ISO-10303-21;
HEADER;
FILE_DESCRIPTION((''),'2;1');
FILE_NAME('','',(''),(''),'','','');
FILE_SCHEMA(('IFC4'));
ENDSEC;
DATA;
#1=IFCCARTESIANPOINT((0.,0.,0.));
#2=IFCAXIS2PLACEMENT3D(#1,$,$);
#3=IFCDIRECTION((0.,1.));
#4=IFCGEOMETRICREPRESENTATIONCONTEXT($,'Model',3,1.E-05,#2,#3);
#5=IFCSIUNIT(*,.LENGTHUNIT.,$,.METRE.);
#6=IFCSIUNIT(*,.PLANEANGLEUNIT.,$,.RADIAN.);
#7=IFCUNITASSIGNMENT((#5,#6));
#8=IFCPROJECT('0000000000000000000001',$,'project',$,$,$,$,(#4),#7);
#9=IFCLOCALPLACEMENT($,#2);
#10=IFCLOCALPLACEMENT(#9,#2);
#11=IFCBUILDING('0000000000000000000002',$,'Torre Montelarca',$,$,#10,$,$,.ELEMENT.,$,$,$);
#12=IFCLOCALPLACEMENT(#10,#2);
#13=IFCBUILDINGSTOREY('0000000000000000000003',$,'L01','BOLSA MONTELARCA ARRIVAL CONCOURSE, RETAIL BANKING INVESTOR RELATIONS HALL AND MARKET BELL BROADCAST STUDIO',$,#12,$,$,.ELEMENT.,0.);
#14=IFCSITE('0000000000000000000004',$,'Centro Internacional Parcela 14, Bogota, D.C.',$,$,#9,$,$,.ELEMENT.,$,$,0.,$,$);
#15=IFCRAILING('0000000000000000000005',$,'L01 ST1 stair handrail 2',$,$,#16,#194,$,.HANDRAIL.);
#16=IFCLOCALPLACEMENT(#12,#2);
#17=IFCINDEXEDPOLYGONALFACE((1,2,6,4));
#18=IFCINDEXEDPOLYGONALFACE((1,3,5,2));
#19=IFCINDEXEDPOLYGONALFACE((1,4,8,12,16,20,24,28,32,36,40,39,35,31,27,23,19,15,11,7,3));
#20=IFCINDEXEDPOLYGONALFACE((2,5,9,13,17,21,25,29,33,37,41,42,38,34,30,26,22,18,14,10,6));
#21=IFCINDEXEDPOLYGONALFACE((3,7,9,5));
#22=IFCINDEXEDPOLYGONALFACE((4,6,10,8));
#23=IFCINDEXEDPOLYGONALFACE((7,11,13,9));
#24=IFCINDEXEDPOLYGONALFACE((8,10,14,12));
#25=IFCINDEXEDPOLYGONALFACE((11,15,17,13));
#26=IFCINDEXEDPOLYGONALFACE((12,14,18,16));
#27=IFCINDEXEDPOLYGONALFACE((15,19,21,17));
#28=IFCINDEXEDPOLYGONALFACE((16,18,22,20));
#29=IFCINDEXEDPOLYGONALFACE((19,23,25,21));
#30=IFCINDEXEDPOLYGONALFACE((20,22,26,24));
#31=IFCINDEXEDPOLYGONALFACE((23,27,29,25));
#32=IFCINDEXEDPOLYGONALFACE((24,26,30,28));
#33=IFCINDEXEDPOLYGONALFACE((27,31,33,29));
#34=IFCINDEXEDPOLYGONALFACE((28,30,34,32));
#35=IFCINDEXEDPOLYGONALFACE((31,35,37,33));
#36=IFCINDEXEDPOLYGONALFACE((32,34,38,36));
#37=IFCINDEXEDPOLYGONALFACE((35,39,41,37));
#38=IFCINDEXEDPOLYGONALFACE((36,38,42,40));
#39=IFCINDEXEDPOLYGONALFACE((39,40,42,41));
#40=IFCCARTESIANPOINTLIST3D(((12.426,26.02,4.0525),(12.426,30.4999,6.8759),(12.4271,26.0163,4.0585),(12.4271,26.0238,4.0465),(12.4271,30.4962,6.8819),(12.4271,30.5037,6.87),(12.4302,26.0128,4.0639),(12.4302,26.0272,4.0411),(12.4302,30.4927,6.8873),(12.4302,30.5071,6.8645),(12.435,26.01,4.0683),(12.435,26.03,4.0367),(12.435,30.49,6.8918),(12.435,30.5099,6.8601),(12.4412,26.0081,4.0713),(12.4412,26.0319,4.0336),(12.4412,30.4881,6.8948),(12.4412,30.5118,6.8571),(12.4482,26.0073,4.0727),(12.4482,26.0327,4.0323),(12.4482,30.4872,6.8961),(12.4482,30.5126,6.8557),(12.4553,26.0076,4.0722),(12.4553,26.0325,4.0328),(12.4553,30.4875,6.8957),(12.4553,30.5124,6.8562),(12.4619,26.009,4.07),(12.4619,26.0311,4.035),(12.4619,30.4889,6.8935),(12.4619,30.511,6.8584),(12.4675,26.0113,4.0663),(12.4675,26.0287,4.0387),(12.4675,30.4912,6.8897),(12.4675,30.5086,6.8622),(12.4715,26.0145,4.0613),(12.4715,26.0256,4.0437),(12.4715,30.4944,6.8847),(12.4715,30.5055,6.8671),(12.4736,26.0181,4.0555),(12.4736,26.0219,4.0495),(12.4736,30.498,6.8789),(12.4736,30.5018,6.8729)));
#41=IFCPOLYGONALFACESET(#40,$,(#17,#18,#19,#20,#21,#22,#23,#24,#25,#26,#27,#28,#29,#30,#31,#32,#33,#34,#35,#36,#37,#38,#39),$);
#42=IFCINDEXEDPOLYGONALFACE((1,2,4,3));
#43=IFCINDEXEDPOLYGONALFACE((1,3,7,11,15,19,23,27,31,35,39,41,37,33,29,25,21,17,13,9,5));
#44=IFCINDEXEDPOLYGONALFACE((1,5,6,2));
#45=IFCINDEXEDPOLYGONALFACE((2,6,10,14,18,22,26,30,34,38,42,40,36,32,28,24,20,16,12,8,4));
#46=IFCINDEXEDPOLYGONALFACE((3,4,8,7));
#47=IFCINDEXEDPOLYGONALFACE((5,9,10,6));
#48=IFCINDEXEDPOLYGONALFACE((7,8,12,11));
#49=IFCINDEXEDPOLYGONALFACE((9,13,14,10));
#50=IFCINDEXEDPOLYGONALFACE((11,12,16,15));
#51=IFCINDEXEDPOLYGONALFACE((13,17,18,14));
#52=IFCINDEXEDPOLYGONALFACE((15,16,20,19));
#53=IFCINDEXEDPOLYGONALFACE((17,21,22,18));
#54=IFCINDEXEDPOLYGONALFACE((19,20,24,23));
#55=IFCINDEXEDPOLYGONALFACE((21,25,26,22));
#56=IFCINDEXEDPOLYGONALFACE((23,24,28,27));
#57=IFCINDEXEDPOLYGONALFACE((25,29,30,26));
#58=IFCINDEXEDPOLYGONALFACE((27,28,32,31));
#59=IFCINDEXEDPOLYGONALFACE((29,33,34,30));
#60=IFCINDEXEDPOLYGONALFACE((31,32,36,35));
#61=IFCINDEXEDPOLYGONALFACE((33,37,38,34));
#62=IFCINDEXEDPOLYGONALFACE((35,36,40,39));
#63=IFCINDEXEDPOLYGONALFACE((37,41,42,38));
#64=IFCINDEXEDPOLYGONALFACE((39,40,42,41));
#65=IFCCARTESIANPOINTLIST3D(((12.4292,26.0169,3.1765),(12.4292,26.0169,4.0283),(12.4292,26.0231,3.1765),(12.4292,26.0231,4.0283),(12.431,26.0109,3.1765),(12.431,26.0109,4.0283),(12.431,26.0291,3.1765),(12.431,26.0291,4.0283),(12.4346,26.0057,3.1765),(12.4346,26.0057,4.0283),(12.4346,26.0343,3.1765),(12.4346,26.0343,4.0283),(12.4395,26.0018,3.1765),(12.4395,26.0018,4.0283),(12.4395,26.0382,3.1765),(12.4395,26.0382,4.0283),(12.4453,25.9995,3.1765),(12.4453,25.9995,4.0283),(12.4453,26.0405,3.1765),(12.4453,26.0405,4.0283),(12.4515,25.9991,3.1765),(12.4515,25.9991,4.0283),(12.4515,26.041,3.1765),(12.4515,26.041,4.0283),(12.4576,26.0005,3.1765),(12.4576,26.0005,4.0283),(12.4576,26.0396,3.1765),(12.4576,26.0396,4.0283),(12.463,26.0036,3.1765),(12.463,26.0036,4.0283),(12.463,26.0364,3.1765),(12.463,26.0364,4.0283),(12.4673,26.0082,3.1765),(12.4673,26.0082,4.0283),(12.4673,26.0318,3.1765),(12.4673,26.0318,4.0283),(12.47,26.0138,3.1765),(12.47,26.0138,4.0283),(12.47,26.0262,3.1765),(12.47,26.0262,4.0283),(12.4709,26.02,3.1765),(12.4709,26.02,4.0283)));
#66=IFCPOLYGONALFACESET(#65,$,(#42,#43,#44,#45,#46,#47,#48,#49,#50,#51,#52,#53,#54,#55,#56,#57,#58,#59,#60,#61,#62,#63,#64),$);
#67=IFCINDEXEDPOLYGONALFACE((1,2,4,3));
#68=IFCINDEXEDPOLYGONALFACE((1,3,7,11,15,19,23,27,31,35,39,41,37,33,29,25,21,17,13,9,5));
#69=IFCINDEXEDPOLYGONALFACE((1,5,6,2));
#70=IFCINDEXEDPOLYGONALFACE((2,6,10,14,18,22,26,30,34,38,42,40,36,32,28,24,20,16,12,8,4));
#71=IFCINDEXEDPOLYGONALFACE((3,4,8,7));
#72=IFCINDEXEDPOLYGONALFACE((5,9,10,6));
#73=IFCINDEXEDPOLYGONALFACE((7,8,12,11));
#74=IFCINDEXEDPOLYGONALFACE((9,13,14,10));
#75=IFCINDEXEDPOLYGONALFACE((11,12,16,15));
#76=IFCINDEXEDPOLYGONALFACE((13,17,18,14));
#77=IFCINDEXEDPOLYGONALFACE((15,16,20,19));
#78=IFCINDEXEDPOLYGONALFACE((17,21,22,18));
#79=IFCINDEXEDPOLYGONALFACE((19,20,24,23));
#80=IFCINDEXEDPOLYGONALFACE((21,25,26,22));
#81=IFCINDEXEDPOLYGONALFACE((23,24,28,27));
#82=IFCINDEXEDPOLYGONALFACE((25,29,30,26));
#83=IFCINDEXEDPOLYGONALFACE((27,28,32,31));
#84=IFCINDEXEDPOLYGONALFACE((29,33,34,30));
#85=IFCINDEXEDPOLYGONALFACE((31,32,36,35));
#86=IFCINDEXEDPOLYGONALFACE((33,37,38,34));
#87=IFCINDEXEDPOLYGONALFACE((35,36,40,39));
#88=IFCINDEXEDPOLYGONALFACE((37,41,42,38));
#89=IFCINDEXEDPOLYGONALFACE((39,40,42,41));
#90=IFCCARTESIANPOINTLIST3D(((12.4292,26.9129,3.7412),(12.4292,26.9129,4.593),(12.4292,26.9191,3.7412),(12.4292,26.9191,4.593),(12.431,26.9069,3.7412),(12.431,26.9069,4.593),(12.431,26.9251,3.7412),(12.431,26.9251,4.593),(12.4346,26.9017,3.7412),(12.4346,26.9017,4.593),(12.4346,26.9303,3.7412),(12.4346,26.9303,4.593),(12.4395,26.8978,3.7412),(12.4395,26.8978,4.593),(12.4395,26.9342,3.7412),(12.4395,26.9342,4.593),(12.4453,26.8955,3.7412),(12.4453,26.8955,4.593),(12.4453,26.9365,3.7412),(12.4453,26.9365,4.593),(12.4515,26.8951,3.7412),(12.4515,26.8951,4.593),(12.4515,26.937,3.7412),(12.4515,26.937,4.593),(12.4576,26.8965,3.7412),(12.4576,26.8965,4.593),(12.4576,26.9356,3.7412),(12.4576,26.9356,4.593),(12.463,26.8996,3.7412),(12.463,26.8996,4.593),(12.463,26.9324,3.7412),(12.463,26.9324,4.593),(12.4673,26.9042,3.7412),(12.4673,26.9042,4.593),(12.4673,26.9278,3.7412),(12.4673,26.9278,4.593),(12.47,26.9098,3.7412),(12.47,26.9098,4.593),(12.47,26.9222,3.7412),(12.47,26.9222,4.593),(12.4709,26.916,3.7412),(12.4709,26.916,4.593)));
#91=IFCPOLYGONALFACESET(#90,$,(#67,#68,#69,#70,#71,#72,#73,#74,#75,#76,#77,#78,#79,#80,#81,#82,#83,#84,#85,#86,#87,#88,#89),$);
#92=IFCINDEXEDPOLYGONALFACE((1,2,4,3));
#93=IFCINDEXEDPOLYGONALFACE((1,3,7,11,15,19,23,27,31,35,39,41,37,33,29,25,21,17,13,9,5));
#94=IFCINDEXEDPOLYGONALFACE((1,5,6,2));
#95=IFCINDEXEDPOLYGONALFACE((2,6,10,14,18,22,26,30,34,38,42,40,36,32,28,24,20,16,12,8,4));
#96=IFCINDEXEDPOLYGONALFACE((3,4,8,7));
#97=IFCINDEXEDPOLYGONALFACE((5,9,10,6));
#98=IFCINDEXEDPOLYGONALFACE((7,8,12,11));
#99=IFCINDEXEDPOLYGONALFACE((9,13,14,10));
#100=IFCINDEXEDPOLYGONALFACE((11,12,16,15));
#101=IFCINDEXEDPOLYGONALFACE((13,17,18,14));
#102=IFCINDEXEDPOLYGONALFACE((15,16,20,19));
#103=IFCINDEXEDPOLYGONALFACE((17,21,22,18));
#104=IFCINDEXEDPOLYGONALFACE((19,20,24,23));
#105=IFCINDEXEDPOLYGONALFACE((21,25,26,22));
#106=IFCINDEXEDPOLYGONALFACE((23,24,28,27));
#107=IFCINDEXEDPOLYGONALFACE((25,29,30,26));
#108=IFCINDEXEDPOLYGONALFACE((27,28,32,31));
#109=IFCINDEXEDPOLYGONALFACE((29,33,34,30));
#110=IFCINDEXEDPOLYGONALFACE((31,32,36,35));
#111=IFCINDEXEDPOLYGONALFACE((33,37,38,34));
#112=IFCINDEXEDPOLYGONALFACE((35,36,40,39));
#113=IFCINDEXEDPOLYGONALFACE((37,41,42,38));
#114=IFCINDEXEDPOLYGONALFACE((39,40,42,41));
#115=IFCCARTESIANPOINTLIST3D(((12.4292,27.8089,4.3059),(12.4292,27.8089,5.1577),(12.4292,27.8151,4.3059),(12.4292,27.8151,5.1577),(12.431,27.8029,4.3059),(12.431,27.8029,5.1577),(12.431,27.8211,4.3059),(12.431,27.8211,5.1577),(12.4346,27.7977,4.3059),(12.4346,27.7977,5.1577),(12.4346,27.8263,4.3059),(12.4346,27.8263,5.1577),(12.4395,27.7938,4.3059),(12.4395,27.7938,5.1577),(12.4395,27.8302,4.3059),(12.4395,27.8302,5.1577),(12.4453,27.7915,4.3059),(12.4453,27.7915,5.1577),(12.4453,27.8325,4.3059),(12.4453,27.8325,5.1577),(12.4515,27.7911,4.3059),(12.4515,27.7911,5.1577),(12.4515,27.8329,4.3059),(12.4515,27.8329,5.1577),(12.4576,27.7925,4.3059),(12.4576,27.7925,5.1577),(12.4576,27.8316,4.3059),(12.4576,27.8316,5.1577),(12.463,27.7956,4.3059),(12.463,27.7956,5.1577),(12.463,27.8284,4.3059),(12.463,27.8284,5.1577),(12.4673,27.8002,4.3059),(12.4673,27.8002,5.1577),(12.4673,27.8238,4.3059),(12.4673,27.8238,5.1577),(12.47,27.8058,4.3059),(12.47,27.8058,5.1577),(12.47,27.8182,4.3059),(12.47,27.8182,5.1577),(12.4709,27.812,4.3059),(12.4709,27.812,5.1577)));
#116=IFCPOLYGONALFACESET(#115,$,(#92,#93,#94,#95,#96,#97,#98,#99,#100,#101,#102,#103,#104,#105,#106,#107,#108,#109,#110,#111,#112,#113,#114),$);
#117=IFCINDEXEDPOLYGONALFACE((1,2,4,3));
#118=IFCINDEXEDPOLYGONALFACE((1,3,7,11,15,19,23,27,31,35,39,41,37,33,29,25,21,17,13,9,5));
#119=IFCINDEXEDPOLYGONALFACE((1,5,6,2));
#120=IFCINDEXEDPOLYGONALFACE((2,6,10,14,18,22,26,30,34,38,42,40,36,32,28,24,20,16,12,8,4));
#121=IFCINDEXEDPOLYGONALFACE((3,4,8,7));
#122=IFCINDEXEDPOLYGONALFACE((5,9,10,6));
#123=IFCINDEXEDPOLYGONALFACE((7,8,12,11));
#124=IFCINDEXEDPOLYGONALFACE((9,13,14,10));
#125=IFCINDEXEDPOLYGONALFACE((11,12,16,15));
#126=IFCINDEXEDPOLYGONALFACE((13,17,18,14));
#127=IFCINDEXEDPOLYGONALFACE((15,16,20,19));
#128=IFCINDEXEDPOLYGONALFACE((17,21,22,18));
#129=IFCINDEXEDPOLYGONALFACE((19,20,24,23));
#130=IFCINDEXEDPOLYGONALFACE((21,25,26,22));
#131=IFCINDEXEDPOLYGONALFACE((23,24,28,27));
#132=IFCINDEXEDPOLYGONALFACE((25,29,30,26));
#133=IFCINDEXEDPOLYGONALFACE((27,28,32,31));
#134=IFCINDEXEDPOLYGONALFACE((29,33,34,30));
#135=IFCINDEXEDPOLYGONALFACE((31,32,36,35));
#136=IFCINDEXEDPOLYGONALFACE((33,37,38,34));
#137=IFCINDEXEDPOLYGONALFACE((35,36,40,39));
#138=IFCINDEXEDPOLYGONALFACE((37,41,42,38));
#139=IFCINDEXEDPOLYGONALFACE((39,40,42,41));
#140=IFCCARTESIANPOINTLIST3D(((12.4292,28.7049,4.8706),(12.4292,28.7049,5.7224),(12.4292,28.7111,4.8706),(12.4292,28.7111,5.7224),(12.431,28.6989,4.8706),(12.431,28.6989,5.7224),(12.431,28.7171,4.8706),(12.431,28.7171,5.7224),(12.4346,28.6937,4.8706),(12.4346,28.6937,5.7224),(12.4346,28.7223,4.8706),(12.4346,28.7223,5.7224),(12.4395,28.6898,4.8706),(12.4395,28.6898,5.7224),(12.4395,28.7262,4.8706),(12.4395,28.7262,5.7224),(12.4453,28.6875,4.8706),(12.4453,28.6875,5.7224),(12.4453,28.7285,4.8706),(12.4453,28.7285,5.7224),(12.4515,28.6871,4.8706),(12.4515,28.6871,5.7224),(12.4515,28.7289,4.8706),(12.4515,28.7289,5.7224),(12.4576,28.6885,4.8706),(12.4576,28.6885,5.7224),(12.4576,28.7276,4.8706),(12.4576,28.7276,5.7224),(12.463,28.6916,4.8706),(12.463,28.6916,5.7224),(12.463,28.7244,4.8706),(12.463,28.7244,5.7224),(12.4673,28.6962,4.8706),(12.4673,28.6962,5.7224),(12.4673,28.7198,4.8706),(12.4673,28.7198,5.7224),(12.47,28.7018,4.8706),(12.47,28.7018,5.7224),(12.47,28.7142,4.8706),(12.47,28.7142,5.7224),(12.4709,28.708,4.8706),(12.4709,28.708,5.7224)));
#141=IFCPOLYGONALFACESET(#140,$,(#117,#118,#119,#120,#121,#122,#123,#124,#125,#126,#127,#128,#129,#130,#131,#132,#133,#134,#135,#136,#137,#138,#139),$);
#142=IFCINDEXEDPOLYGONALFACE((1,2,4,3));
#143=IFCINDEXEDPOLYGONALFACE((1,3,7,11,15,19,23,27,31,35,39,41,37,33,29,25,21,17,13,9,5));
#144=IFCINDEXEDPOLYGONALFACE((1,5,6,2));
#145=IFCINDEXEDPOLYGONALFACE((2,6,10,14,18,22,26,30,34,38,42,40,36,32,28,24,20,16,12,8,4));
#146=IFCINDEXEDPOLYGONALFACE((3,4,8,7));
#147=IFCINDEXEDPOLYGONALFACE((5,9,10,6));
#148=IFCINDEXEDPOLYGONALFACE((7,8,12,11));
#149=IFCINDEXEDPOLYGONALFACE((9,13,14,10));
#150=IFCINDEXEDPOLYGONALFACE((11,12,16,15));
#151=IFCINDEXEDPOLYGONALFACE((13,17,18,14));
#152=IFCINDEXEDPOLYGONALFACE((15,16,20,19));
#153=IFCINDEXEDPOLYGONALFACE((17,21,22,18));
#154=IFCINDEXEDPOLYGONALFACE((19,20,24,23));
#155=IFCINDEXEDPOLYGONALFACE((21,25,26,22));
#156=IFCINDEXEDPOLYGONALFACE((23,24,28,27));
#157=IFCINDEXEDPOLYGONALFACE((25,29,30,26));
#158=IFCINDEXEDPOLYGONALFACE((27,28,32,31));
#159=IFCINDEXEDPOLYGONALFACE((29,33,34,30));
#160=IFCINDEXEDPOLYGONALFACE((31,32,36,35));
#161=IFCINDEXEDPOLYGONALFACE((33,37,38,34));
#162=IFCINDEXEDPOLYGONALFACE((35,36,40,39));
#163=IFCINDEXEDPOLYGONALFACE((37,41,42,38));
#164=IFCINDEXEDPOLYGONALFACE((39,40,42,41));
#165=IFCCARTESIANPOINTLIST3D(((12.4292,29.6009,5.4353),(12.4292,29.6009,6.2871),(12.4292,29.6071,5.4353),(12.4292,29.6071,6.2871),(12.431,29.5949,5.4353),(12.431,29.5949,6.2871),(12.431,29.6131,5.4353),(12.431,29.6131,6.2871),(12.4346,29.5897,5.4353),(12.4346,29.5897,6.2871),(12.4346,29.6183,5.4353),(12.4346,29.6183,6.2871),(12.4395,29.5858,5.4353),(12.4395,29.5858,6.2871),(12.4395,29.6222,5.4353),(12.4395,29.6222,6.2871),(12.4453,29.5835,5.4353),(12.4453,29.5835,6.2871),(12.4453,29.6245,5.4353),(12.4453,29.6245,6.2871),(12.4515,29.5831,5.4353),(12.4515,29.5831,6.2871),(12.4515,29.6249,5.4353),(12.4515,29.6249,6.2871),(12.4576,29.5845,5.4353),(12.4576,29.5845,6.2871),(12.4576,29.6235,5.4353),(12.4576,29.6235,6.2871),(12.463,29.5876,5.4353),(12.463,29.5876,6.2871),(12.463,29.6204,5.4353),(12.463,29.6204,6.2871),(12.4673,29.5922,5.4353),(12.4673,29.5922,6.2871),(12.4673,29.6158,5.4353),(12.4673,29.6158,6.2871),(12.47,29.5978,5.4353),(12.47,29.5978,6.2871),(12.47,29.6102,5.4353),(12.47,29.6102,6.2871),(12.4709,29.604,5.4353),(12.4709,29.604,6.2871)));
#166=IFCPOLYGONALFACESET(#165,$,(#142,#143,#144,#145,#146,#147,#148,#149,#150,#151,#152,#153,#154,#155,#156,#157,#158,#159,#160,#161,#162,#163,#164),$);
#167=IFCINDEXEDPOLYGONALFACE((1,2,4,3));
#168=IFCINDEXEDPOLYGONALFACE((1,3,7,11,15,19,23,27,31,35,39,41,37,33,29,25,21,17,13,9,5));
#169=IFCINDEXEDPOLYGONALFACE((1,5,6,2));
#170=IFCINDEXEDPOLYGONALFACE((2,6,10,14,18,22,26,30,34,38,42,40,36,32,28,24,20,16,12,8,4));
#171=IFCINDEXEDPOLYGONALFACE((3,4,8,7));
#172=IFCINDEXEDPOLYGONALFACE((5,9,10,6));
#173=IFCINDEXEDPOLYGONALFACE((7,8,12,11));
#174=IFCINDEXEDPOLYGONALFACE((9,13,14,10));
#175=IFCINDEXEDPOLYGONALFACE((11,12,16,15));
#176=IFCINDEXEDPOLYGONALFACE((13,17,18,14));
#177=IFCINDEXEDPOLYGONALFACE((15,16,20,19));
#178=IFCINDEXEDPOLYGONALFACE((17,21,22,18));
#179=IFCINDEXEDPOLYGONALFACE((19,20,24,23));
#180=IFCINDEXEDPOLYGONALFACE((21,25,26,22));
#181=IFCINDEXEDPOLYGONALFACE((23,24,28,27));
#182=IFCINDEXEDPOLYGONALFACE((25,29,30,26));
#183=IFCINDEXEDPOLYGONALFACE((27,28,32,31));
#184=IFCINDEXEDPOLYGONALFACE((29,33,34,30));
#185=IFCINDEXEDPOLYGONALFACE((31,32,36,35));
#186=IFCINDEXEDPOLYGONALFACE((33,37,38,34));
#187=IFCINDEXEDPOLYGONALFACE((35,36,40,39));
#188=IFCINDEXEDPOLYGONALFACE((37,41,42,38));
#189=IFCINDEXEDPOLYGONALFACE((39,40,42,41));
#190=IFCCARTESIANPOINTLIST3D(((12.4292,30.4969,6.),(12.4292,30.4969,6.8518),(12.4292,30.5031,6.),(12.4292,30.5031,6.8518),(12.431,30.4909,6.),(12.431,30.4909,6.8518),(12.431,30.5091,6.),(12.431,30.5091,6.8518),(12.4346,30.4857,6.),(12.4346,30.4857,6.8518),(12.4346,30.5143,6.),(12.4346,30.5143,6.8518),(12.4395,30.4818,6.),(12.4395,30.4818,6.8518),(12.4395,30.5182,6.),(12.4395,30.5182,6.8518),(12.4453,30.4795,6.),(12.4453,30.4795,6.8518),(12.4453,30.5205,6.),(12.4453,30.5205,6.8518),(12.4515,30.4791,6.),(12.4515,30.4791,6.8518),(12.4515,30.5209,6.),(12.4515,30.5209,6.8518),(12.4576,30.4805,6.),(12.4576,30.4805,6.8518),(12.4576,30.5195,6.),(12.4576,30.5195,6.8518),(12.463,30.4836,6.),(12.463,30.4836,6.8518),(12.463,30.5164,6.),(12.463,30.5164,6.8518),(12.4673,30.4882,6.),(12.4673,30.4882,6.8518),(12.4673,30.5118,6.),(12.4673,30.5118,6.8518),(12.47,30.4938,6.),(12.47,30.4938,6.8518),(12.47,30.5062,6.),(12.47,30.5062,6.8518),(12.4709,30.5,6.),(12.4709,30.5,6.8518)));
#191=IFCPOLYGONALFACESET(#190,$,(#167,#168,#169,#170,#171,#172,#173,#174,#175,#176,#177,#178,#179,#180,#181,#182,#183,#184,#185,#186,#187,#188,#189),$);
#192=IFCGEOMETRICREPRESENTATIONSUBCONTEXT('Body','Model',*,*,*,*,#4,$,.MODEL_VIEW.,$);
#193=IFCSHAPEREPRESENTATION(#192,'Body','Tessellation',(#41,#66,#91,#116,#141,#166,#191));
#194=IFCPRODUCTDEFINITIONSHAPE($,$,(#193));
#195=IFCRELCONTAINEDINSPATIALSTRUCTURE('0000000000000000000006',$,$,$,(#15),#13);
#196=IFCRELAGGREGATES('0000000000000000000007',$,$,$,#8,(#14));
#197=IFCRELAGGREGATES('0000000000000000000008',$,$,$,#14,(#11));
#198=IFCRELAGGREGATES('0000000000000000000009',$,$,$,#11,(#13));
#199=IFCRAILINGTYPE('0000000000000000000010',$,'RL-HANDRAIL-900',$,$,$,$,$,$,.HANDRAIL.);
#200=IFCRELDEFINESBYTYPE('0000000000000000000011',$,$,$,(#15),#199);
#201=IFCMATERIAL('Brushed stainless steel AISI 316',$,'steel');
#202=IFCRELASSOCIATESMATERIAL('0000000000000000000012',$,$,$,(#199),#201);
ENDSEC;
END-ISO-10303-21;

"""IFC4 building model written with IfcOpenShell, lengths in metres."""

from ifc_helpers import new_model, si_unit, direction, frame, origin, origin_2d, place, context, subcontext, project, spatial, circle, extrude, material, type_object, element, save


model = new_model("IFC4")

# Units and contexts
model_context = context("Model", 3, precision=1e-05, world=origin(), true_north=direction((0.0, 1.0)))
body_context = subcontext(model_context, "Body", "Model", "MODEL_VIEW")
ifc_project = project(units=[si_unit("LENGTHUNIT", "METRE"), si_unit("PLANEANGLEUNIT", "RADIAN")], contexts=[model_context])

# Site, building, storey
site_placement = place(None, origin())
site = spatial("IfcSite", under=ifc_project, at=site_placement, Name="Centro Internacional Parcela 14, Bogota, D.C.", CompositionType="ELEMENT", RefElevation=0.0)
building_placement = place(site_placement, origin())
building = spatial("IfcBuilding", under=site, at=building_placement, Name="Torre Montelarca", CompositionType="ELEMENT")
storey_placement = place(building_placement, origin())
storey = spatial("IfcBuildingStorey", under=building, at=storey_placement, Name="L01", Description="BOLSA MONTELARCA ARRIVAL CONCOURSE, RETAIL BANKING INVESTOR RELATIONS HALL AND MARKET BELL BROADCAST STUDIO", CompositionType="ELEMENT", Elevation=0.0)

# Railing
ifc_material_1 = material(Name="Brushed stainless steel AISI 316", Category="steel")
railing_type_1 = type_object("IfcRailingType", Name="RL-HANDRAIL-900", PredefinedType="HANDRAIL", material=ifc_material_1)
for number, where, name in (
    (1, (12.45, 26.02, 3.1765), "L01 ST1 stair handrail 2"),
):
    element("IfcRailing", number, at=place(storey_placement, frame(where)), inside=storey, type_object=railing_type_1, Name=name, PredefinedType="HANDRAIL", context=body_context, shape_type="SweptSolid", body=[
        extrude(circle(Radius=0.0239, at=origin_2d()), frame((0.0, 0.0, 0.876), z_axis=(0.0, 0.845998, 0.533186), x_axis=(-1.0, 0.0, 0.0)), (0.0, 0.0, 1.0), 5.2954),
        extrude(circle(Radius=0.021, at=origin_2d()), origin(), (0.0, 0.0, 1.0), 0.8518),
        extrude(circle(Radius=0.021, at=origin_2d()), frame((0.0, 0.896, 0.5647)), (0.0, 0.0, 1.0), 0.8518),
        extrude(circle(Radius=0.021, at=origin_2d()), frame((0.0, 1.792, 1.1294)), (0.0, 0.0, 1.0), 0.8518),
        extrude(circle(Radius=0.021, at=origin_2d()), frame((0.0, 2.688, 1.6941)), (0.0, 0.0, 1.0), 0.8518),
        extrude(circle(Radius=0.021, at=origin_2d()), frame((0.0, 3.584, 2.2588)), (0.0, 0.0, 1.0), 0.8518),
        extrude(circle(Radius=0.021, at=origin_2d()), frame((0.0, 4.48, 2.8235)), (0.0, 0.0, 1.0), 0.8518),
    ])

save(model, "model.ifc")
